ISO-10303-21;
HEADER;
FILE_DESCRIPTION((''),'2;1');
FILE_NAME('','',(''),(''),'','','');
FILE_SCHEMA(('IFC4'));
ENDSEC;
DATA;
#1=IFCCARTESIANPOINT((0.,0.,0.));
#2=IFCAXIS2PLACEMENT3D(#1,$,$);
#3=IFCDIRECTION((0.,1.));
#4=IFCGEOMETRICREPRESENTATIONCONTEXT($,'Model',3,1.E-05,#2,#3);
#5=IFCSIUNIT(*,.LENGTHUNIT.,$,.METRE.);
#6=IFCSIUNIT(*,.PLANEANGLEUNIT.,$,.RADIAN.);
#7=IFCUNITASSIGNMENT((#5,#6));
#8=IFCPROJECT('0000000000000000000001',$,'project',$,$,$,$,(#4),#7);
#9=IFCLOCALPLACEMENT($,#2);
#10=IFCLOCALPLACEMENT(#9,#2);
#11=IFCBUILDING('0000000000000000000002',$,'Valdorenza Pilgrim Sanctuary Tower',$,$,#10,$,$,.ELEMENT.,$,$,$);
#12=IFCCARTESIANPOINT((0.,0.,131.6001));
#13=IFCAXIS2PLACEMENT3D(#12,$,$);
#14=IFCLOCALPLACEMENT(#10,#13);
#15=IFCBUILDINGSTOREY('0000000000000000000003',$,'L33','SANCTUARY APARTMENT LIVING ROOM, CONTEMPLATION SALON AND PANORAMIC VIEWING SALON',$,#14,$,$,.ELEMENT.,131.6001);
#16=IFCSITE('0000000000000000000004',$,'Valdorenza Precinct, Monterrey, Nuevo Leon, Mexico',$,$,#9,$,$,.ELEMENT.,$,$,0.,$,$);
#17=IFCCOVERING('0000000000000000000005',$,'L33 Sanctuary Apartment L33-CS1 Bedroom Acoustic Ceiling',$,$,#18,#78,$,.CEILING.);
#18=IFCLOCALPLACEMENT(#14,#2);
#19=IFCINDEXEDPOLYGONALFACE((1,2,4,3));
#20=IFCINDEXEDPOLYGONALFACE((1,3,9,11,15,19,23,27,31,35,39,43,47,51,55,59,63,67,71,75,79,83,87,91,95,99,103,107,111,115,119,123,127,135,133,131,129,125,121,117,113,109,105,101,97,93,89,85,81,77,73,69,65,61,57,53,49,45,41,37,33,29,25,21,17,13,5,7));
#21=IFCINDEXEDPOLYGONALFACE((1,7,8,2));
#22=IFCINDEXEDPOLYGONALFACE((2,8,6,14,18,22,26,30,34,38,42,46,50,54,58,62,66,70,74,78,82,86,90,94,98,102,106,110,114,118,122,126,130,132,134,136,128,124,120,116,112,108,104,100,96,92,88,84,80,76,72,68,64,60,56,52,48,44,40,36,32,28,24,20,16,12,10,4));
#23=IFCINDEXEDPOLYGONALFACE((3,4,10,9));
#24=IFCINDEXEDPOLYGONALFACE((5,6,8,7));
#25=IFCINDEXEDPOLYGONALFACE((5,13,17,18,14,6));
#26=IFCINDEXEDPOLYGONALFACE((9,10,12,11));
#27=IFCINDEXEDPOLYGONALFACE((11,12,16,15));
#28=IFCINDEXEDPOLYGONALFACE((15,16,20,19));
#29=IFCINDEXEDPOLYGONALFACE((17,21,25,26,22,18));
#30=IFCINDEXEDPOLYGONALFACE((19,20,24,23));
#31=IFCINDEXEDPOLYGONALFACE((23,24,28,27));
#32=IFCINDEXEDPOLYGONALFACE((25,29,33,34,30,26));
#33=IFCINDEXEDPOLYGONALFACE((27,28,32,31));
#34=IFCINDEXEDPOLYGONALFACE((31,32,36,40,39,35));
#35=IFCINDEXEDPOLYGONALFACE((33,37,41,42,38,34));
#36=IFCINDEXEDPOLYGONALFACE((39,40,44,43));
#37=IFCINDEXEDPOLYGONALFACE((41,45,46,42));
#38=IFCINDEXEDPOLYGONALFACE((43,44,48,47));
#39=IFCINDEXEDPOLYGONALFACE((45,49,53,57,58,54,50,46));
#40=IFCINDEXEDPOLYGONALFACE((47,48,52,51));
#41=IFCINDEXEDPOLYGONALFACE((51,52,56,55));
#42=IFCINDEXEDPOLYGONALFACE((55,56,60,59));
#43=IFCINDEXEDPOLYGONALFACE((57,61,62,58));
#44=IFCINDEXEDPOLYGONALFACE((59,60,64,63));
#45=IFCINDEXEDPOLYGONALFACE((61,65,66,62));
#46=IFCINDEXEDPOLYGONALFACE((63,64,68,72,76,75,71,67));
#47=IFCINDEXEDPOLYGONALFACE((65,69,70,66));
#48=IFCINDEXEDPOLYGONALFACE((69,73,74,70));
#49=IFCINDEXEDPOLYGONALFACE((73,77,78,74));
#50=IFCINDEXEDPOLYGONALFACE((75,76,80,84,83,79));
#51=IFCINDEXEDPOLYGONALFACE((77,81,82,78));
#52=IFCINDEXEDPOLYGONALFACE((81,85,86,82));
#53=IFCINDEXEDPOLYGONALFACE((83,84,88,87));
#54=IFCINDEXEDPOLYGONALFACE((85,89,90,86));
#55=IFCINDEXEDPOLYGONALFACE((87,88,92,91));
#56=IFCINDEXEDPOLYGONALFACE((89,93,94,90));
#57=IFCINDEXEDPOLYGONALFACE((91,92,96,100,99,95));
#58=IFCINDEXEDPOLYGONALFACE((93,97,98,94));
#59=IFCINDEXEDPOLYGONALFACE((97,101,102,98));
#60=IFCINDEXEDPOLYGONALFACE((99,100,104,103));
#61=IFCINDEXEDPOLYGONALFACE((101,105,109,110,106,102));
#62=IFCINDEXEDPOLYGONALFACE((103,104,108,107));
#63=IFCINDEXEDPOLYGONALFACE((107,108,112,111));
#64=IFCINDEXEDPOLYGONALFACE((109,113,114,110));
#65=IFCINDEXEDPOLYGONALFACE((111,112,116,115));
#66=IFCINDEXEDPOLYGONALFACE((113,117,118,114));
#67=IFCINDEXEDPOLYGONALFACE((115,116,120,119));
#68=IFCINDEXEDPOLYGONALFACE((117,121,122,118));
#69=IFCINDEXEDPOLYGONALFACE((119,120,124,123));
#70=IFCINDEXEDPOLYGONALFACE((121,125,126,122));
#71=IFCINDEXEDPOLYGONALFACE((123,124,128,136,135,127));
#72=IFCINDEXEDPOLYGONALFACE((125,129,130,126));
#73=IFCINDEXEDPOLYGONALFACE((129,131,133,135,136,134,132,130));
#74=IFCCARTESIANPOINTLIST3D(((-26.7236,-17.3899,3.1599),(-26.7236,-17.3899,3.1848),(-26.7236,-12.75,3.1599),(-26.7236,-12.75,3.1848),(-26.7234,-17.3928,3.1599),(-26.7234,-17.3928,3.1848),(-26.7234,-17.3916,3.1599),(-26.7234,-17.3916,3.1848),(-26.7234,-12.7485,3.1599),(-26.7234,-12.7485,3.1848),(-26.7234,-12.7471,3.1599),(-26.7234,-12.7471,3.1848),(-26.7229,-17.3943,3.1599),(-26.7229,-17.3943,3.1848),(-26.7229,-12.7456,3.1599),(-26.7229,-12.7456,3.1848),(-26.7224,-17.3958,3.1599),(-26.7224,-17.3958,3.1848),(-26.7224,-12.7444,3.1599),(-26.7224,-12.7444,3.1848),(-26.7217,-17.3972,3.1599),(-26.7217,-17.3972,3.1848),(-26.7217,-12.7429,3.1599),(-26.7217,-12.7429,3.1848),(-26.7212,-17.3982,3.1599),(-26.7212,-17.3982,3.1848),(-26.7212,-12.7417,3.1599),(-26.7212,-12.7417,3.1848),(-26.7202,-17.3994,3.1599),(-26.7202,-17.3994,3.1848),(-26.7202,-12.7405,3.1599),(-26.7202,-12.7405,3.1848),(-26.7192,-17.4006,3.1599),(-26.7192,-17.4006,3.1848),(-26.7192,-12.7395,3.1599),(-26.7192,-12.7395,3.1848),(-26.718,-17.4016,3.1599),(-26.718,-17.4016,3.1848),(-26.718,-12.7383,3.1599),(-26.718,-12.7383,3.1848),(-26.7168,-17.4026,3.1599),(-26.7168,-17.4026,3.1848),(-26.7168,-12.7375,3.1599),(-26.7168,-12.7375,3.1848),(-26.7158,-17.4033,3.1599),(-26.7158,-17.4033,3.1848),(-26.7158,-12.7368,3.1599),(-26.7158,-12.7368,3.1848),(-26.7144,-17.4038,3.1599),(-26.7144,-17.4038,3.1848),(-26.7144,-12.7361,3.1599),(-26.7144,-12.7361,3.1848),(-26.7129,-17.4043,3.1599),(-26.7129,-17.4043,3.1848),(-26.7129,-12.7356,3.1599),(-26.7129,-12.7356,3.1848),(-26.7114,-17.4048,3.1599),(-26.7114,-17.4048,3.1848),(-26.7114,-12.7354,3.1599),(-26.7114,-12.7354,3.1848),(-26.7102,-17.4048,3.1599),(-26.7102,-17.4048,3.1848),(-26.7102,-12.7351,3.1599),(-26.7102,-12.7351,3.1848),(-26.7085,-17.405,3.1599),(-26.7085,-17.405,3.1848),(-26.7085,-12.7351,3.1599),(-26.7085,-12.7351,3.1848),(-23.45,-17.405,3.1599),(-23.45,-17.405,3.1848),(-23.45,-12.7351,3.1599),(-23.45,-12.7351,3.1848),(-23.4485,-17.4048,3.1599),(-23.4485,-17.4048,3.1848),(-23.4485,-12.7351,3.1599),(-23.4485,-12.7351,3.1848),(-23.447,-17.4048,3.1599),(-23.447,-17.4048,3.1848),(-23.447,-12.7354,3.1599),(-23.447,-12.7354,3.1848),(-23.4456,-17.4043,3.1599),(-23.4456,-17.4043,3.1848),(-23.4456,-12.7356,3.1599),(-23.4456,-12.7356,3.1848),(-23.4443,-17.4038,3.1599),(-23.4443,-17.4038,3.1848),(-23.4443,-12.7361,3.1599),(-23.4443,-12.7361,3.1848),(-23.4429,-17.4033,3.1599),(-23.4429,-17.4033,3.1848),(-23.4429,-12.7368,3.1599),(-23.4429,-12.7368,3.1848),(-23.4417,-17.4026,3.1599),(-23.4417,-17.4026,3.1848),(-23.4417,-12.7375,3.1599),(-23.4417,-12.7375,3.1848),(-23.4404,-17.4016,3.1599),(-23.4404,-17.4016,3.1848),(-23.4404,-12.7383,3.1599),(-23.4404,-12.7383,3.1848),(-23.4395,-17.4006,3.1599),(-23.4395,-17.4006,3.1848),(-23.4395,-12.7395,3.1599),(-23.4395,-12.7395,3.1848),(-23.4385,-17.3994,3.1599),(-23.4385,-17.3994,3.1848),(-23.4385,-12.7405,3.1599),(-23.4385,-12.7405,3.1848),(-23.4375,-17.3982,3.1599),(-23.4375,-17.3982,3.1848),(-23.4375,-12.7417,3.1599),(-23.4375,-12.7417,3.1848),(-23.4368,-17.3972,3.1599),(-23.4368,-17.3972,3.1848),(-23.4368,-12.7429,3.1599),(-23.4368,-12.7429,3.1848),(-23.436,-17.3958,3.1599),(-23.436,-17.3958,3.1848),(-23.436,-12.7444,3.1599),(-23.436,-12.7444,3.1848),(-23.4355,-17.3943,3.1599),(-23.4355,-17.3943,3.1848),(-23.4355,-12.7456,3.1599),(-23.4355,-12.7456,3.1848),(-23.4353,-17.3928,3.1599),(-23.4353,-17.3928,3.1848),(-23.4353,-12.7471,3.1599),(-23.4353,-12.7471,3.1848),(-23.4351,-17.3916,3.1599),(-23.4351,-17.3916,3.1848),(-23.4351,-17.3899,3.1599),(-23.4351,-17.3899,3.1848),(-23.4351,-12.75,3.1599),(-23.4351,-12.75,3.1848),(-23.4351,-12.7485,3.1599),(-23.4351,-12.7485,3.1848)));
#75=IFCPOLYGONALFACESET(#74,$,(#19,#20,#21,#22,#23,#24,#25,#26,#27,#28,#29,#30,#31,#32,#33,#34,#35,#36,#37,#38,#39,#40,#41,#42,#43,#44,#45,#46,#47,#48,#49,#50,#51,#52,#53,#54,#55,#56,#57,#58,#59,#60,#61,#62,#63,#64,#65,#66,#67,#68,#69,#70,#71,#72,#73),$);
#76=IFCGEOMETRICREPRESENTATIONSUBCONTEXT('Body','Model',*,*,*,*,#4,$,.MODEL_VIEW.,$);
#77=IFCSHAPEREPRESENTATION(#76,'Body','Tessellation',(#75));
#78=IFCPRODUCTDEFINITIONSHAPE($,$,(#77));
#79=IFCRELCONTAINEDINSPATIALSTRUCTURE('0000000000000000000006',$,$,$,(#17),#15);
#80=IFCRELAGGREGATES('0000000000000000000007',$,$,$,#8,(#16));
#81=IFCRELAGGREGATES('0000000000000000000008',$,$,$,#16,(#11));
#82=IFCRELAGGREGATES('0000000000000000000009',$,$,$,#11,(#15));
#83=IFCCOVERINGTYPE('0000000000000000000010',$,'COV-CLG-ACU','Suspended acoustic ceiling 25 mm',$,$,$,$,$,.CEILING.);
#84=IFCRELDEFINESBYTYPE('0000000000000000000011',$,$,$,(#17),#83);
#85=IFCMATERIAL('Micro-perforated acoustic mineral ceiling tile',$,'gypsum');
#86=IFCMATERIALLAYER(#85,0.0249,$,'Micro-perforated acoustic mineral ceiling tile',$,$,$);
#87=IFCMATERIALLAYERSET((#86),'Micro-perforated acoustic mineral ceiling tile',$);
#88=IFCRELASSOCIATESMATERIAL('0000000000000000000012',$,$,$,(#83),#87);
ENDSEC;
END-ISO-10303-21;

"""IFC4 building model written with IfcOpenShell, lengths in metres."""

from ifc_helpers import new_model, si_unit, direction, frame, origin, place, context, subcontext, project, spatial, polyline, outline, extrude, material, layer, layer_set, type_object, element, save


model = new_model("IFC4")

# Units and contexts
model_context = context("Model", 3, precision=1e-05, world=origin(), true_north=direction((0.0, 1.0)))
body_context = subcontext(model_context, "Body", "Model", "MODEL_VIEW")
ifc_project = project(units=[si_unit("LENGTHUNIT", "METRE"), si_unit("PLANEANGLEUNIT", "RADIAN")], contexts=[model_context])

# Site, building, storey
site_placement = place(None, origin())
site = spatial("IfcSite", under=ifc_project, at=site_placement, Name="Valdorenza Precinct, Monterrey, Nuevo Leon, Mexico", CompositionType="ELEMENT", RefElevation=0.0)
building_placement = place(site_placement, origin())
building = spatial("IfcBuilding", under=site, at=building_placement, Name="Valdorenza Pilgrim Sanctuary Tower", CompositionType="ELEMENT")
storey_placement = place(building_placement, frame((0.0, 0.0, 131.6001)))
storey = spatial("IfcBuildingStorey", under=building, at=storey_placement, Name="L33", Description="SANCTUARY APARTMENT LIVING ROOM, CONTEMPLATION SALON AND PANORAMIC VIEWING SALON", CompositionType="ELEMENT", Elevation=131.6001)

# Covering
ifc_material_1 = material(Name="Micro-perforated acoustic mineral ceiling tile", Category="gypsum")
ifc_layer_1 = layer(ifc_material_1, 0.0249, Name="Micro-perforated acoustic mineral ceiling tile")
ifc_layer_set_1 = layer_set([ifc_layer_1], Name="Micro-perforated acoustic mineral ceiling tile")
covering_type_1 = type_object("IfcCoveringType", Name="COV-CLG-ACU", Description="Suspended acoustic ceiling 25 mm", PredefinedType="CEILING", material=ifc_layer_set_1)
covering_1_placement = place(storey_placement, frame((0.0, 0.0, 3.1599)))
element("IfcCovering", 1, at=covering_1_placement, inside=storey, type_object=covering_type_1, Name="L33 Sanctuary Apartment L33-CS1 Bedroom Acoustic Ceiling", PredefinedType="CEILING", context=body_context, shape_type="SweptSolid", body=[
    extrude(outline(polyline([(-26.7236, -12.75), (-26.7234, -12.7485), (-26.7234, -12.7471), (-26.7229, -12.7456), (-26.7224, -12.7444), (-26.7217, -12.7429), (-26.7212, -12.7417), (-26.7202, -12.7405), (-26.7192, -12.7395), (-26.718, -12.7383), (-26.7168, -12.7375), (-26.7158, -12.7368), (-26.7144, -12.7361), (-26.7129, -12.7356), (-26.7114, -12.7354), (-26.7102, -12.7351), (-26.7085, -12.7351), (-23.45, -12.7351), (-23.4485, -12.7351), (-23.447, -12.7354), (-23.4456, -12.7356), (-23.4443, -12.7361), (-23.4429, -12.7368), (-23.4417, -12.7375), (-23.4404, -12.7383), (-23.4395, -12.7395), (-23.4385, -12.7405), (-23.4375, -12.7417), (-23.4368, -12.7429), (-23.436, -12.7444), (-23.4355, -12.7456), (-23.4353, -12.7471), (-23.4351, -12.7485), (-23.4351, -12.75), (-23.4351, -17.3899), (-23.4351, -17.3916), (-23.4353, -17.3928), (-23.4355, -17.3943), (-23.436, -17.3958), (-23.4368, -17.3972), (-23.4375, -17.3982), (-23.4385, -17.3994), (-23.4395, -17.4006), (-23.4404, -17.4016), (-23.4417, -17.4026), (-23.4429, -17.4033), (-23.4443, -17.4038), (-23.4456, -17.4043), (-23.447, -17.4048), (-23.4485, -17.4048), (-23.45, -17.405), (-26.7085, -17.405), (-26.7102, -17.4048), (-26.7114, -17.4048), (-26.7129, -17.4043), (-26.7144, -17.4038), (-26.7158, -17.4033), (-26.7168, -17.4026), (-26.718, -17.4016), (-26.7192, -17.4006), (-26.7202, -17.3994), (-26.7212, -17.3982), (-26.7217, -17.3972), (-26.7224, -17.3958), (-26.7229, -17.3943), (-26.7234, -17.3928), (-26.7234, -17.3916), (-26.7236, -17.3899), (-26.7236, -12.75)])), origin(), (0.0, 0.0, 1.0), 0.0249),
])

save(model, "model.ifc")
